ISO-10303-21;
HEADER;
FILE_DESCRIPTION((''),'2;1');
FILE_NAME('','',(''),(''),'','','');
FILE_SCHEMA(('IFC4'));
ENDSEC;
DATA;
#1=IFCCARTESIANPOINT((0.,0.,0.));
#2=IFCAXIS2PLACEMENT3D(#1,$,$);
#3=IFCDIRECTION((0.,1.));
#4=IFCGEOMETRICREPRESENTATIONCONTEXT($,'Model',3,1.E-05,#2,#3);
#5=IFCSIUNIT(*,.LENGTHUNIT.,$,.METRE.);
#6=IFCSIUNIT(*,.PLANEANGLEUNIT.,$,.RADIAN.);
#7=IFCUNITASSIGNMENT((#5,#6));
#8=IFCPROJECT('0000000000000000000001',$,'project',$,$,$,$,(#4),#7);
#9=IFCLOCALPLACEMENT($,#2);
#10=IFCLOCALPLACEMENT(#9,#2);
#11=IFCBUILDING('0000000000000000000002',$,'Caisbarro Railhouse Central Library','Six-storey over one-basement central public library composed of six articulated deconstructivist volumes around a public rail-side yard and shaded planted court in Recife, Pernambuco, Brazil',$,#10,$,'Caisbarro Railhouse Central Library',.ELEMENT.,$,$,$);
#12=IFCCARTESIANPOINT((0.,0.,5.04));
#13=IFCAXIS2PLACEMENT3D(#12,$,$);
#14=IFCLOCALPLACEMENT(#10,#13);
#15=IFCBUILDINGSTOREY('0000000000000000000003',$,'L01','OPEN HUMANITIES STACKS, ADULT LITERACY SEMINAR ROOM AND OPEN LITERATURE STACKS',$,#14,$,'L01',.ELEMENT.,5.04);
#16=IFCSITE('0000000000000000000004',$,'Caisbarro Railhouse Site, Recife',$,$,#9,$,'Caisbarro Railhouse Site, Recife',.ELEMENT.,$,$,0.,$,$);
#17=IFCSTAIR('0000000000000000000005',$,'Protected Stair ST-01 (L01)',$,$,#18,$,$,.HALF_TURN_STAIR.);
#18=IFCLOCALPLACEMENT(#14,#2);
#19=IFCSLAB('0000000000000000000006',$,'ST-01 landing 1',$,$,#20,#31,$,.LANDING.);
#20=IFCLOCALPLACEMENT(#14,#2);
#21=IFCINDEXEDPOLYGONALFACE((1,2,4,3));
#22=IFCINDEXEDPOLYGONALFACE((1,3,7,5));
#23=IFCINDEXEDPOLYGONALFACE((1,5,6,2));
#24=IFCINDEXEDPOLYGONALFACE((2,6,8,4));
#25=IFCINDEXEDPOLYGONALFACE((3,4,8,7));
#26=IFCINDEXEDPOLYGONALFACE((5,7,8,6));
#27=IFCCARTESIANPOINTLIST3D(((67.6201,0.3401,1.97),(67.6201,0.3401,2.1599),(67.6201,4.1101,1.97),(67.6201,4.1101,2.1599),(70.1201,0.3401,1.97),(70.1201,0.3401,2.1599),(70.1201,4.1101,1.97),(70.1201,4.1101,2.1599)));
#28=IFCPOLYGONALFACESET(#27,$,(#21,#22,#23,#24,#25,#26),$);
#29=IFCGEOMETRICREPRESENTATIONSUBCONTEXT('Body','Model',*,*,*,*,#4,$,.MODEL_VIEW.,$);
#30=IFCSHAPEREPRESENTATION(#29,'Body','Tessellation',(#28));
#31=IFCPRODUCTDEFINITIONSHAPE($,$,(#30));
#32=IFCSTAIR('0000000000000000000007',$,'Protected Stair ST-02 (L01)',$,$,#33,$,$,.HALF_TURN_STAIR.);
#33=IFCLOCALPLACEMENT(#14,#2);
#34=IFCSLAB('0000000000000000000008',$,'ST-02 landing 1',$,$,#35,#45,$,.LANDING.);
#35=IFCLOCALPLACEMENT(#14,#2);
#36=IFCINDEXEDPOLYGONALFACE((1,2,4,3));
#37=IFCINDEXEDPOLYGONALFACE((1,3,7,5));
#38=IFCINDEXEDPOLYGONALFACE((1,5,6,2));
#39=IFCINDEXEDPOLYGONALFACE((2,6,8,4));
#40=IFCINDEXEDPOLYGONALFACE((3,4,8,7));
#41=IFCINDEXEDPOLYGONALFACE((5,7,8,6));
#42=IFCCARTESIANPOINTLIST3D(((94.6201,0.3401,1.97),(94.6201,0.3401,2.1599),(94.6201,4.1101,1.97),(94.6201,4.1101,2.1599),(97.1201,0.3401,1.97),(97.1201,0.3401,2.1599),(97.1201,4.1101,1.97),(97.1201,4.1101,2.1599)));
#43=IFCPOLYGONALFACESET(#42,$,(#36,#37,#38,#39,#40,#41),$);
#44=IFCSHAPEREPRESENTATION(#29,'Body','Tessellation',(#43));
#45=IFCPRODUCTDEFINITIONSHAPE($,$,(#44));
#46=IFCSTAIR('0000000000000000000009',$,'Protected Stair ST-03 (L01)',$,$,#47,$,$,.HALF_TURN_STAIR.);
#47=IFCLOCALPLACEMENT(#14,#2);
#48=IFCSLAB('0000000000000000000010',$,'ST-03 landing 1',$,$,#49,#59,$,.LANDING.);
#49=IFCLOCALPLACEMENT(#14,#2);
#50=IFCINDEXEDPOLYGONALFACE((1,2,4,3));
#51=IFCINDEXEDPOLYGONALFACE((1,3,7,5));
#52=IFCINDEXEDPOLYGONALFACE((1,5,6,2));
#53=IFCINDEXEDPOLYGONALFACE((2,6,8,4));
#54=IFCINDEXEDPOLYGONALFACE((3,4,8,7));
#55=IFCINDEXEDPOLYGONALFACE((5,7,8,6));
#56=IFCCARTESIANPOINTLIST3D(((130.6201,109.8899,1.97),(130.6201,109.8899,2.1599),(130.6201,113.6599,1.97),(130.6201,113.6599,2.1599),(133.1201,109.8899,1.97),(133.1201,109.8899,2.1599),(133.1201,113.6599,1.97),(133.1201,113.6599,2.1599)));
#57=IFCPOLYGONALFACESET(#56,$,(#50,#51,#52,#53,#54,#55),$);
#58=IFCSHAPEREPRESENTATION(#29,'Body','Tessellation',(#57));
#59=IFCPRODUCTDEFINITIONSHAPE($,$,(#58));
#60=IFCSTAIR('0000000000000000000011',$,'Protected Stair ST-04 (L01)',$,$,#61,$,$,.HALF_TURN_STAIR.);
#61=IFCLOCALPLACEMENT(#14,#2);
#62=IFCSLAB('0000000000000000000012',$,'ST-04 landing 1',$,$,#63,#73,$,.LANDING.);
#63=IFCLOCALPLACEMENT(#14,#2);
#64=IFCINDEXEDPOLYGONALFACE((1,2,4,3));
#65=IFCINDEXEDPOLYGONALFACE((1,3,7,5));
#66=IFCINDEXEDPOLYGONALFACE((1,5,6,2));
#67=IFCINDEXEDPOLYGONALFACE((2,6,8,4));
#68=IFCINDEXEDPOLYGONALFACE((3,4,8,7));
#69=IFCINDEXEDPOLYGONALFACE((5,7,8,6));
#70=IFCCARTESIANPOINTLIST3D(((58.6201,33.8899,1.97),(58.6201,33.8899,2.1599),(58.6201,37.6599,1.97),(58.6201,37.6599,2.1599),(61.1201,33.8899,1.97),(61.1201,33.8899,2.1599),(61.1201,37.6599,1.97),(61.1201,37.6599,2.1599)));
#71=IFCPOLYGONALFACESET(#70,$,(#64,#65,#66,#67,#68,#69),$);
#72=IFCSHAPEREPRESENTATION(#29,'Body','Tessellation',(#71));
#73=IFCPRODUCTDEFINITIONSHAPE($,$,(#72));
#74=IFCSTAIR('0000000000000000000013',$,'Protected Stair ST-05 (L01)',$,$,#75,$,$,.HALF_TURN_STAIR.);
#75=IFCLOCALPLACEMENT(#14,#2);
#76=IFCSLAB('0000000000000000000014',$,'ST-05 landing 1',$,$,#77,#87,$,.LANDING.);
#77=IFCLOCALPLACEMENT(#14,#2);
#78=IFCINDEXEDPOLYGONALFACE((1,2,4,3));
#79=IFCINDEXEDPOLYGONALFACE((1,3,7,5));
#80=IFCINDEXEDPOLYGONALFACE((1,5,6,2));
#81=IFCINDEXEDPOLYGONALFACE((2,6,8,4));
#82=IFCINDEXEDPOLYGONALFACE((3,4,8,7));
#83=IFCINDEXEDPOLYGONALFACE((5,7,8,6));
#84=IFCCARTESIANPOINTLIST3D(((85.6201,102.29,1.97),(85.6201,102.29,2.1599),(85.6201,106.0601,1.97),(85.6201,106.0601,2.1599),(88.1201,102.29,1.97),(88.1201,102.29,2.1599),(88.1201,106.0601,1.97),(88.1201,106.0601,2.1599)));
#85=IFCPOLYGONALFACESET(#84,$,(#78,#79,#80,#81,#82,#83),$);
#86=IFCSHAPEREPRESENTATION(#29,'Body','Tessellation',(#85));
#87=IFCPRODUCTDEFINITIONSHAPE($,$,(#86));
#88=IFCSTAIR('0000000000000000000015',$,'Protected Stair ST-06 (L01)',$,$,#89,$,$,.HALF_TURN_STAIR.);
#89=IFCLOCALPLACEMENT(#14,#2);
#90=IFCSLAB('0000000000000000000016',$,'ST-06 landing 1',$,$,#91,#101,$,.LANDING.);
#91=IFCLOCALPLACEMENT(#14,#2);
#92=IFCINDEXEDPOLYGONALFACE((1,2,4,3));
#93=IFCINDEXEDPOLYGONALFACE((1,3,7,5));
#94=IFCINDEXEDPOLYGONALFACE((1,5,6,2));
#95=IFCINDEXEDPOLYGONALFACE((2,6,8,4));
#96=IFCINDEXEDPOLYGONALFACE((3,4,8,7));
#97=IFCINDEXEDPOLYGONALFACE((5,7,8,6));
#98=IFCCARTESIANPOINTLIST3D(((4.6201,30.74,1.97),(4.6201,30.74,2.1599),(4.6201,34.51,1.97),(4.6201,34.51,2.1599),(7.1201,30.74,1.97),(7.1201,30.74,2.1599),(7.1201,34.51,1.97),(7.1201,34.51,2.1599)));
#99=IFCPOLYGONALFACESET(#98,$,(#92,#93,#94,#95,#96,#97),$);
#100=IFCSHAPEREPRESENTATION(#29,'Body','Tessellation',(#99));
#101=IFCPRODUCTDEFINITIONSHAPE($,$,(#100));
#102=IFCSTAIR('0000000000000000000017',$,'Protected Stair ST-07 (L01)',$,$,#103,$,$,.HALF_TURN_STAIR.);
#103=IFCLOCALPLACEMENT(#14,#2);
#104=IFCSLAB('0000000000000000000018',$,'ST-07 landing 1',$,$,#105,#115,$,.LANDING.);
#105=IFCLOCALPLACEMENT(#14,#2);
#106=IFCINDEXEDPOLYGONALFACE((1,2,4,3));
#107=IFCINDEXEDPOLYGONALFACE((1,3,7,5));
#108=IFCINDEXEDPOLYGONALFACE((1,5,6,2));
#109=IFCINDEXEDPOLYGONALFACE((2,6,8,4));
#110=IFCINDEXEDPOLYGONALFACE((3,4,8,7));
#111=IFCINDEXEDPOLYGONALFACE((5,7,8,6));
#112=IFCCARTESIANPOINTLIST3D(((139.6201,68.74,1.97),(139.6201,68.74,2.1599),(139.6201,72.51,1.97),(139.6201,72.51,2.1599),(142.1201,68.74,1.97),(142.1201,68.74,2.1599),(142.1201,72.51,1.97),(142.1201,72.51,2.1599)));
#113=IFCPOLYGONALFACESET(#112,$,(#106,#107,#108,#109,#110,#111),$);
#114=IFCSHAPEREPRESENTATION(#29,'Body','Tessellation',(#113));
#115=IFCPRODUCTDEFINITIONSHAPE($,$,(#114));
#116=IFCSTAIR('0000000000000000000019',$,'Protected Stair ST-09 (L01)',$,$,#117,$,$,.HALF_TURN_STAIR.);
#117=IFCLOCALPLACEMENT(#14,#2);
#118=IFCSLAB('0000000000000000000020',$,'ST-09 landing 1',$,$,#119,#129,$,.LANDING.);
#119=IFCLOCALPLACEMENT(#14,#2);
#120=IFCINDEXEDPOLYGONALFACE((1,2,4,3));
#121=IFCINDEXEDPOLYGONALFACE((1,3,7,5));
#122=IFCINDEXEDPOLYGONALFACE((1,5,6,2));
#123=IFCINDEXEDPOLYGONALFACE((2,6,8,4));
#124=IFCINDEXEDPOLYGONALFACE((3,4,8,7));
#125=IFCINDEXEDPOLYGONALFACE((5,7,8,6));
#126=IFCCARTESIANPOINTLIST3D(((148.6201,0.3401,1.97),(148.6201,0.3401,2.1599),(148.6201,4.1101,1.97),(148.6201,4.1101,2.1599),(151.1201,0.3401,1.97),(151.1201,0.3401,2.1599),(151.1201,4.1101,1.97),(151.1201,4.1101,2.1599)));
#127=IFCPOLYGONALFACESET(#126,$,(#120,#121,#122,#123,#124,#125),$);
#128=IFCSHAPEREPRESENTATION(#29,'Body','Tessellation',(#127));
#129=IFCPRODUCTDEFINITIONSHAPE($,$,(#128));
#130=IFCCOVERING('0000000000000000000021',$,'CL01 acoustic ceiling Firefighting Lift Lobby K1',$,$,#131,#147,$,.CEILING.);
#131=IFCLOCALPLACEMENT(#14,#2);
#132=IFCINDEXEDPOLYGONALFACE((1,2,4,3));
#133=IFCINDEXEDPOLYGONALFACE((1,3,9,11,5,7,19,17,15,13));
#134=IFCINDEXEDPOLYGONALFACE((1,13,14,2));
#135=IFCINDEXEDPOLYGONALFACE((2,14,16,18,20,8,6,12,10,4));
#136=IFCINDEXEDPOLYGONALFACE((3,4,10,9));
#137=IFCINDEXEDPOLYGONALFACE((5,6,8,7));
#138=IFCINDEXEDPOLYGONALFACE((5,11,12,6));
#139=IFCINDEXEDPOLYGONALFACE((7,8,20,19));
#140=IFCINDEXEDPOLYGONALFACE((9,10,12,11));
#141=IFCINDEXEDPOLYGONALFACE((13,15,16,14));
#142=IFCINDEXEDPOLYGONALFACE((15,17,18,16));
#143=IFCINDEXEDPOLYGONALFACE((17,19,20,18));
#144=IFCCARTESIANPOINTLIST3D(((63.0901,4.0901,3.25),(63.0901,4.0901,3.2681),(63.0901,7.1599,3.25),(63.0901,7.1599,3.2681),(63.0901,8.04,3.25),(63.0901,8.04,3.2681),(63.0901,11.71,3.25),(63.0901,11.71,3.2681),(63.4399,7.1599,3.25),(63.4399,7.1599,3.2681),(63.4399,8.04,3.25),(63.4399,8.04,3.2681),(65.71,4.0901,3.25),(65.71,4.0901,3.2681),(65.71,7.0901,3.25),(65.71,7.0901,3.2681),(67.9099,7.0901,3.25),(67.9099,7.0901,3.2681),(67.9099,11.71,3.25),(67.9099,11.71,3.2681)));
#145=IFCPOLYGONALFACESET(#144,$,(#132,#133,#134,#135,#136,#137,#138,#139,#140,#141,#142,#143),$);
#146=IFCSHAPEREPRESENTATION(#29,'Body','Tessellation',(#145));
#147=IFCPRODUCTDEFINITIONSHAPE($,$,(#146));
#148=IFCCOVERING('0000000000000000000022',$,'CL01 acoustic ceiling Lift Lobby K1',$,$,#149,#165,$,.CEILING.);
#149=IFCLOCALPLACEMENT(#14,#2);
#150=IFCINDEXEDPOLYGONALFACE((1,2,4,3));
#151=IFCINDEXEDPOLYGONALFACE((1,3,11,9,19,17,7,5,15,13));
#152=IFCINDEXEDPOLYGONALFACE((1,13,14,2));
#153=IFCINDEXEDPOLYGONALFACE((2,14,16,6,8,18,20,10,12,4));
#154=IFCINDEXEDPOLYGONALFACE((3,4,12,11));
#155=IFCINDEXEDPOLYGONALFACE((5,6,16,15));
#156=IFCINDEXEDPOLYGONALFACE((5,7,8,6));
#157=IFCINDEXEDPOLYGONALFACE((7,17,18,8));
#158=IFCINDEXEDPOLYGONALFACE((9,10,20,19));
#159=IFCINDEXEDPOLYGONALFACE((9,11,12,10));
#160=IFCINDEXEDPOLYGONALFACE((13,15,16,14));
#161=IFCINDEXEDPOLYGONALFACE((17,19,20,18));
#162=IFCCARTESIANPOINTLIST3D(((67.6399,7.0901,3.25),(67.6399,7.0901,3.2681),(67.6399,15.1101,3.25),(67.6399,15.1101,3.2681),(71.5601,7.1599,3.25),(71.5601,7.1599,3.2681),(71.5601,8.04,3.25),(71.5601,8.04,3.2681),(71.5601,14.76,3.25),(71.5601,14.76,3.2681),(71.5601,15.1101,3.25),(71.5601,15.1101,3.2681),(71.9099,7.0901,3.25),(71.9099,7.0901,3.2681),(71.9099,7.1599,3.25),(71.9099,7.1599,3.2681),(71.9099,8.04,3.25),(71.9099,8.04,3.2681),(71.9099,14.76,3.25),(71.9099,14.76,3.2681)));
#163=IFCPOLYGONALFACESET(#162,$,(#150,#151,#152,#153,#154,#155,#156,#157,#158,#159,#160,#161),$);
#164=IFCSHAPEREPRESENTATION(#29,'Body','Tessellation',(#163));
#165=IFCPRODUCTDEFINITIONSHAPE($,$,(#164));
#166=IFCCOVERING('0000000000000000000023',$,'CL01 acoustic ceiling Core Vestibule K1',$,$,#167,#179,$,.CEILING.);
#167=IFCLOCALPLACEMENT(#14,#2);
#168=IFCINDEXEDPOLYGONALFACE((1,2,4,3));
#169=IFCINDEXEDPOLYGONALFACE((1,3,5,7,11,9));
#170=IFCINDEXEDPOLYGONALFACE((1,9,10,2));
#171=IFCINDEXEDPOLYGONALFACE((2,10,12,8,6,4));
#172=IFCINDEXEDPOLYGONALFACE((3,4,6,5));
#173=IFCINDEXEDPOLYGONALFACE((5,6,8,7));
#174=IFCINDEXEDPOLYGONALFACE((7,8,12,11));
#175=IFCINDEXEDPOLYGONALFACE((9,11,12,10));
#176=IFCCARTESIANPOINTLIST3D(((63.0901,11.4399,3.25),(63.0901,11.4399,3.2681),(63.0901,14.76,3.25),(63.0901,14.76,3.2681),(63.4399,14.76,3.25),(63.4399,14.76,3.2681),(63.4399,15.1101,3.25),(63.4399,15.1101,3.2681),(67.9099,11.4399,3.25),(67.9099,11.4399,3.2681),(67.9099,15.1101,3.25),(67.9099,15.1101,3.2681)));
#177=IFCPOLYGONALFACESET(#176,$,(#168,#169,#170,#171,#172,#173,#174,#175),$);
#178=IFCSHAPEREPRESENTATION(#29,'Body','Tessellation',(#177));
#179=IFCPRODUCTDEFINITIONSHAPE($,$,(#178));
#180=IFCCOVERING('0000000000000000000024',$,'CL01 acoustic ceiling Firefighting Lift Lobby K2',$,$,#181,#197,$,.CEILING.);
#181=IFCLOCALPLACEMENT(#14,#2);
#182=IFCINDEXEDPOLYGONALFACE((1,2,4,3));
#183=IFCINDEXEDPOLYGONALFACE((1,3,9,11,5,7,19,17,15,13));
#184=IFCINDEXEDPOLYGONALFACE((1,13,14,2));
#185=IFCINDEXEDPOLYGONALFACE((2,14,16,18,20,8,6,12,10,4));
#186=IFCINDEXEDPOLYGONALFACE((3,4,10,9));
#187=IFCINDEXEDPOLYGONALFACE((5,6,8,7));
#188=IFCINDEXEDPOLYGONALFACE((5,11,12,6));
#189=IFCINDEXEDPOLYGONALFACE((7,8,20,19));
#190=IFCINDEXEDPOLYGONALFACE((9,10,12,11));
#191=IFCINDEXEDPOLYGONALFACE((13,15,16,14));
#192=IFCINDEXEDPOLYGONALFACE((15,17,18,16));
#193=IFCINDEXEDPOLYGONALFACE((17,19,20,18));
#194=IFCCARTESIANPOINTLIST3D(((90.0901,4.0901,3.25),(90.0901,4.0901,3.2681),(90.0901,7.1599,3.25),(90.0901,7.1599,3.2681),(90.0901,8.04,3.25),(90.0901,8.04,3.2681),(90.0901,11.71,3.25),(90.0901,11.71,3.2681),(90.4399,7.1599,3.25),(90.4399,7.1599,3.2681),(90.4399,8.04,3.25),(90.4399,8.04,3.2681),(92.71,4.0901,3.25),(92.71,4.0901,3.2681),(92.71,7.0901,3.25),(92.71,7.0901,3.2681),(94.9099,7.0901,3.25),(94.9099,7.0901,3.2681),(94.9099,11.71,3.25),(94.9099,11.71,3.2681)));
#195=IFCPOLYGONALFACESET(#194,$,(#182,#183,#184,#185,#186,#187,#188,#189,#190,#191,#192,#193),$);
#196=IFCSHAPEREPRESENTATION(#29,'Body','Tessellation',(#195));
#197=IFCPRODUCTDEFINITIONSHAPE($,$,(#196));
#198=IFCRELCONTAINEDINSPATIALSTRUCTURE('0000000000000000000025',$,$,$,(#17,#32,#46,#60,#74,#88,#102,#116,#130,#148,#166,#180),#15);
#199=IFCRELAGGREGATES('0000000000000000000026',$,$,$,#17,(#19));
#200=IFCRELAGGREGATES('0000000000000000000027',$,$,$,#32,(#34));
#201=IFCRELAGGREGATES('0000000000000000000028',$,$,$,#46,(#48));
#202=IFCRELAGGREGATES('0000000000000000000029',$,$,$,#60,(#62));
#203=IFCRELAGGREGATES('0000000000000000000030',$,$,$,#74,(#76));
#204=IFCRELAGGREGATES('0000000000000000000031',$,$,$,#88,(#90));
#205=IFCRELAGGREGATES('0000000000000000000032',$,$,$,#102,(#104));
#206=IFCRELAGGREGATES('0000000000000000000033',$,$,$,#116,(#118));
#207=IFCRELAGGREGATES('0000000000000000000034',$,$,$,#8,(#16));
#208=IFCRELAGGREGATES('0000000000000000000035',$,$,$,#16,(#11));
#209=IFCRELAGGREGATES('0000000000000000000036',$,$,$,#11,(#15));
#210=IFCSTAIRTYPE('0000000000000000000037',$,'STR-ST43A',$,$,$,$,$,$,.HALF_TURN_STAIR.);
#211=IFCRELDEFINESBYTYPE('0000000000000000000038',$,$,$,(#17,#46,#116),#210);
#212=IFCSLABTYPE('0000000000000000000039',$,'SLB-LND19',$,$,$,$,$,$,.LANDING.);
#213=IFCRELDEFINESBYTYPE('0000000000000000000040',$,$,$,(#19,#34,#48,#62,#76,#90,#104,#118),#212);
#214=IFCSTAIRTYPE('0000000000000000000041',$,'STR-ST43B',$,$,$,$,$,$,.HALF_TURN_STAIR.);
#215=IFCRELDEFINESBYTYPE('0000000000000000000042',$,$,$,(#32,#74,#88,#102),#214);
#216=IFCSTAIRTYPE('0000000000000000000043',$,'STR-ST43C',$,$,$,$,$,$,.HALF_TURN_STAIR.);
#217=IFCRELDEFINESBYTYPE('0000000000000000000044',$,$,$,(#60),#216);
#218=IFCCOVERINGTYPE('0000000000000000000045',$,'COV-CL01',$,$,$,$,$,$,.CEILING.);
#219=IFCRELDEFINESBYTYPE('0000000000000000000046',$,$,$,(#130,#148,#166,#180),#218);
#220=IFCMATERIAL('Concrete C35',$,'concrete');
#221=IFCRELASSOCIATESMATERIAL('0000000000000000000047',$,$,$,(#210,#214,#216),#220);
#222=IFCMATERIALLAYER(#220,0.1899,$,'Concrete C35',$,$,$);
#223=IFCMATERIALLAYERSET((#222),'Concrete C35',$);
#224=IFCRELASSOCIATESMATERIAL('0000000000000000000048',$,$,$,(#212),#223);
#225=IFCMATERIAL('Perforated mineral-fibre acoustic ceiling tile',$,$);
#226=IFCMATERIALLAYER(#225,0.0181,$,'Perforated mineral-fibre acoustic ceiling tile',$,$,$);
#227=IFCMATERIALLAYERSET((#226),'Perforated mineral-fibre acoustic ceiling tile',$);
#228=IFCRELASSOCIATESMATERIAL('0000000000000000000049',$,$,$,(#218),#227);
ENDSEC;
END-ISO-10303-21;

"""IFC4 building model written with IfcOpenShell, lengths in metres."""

from ifc_helpers import new_model, si_unit, direction, frame, origin, place, context, subcontext, project, spatial, polyline, outline, extrude, material, layer, layer_set, type_object, element, aggregate, save


model = new_model("IFC4")

# Units and contexts
model_context = context("Model", 3, precision=1e-05, world=origin(), true_north=direction((0.0, 1.0)))
body_context = subcontext(model_context, "Body", "Model", "MODEL_VIEW")
ifc_project = project(units=[si_unit("LENGTHUNIT", "METRE"), si_unit("PLANEANGLEUNIT", "RADIAN")], contexts=[model_context])

# Site, building, storey
site_placement = place(None, origin())
site = spatial("IfcSite", under=ifc_project, at=site_placement, Name="Caisbarro Railhouse Site, Recife", LongName="Caisbarro Railhouse Site, Recife", CompositionType="ELEMENT", RefElevation=0.0)
building_placement = place(site_placement, origin())
building = spatial("IfcBuilding", under=site, at=building_placement, Name="Caisbarro Railhouse Central Library", Description="Six-storey over one-basement central public library composed of six articulated deconstructivist volumes around a public rail-side yard and shaded planted court in Recife, Pernambuco, Brazil", LongName="Caisbarro Railhouse Central Library", CompositionType="ELEMENT")
storey_placement = place(building_placement, frame((0.0, 0.0, 5.04)))
storey = spatial("IfcBuildingStorey", under=building, at=storey_placement, Name="L01", Description="OPEN HUMANITIES STACKS, ADULT LITERACY SEMINAR ROOM AND OPEN LITERATURE STACKS", LongName="L01", CompositionType="ELEMENT", Elevation=5.04)

# Stairs, slabs
ifc_material_1 = material(Name="Concrete C35", Category="concrete")
stair_type_1 = type_object("IfcStairType", Name="STR-ST43A", PredefinedType="HALF_TURN_STAIR", material=ifc_material_1)
stair_1_placement = place(storey_placement, origin())
stair_1 = element("IfcStair", 1, at=stair_1_placement, inside=storey, type_object=stair_type_1, Name="Protected Stair ST-01 (L01)", PredefinedType="HALF_TURN_STAIR")
ifc_layer_1 = layer(ifc_material_1, 0.1899, Name="Concrete C35")
ifc_layer_set_1 = layer_set([ifc_layer_1], Name="Concrete C35")
slab_type = type_object("IfcSlabType", Name="SLB-LND19", PredefinedType="LANDING", material=ifc_layer_set_1)
slab_1_placement = place(storey_placement, frame((0.0, 0.0, 1.97)))
slab_1 = element("IfcSlab", 2, at=slab_1_placement, type_object=slab_type, Name="ST-01 landing 1", PredefinedType="LANDING", context=body_context, shape_type="SweptSolid", body=[
    extrude(outline(polyline([(67.6201, 0.3401), (70.1201, 0.3401), (70.1201, 4.1101), (67.6201, 4.1101), (67.6201, 0.3401)])), origin(), (0.0, 0.0, 1.0), 0.1899),
])
aggregate(stair_1, [slab_1])
stair_type_2 = type_object("IfcStairType", Name="STR-ST43B", PredefinedType="HALF_TURN_STAIR", material=ifc_material_1)
stair_2_placement = place(storey_placement, origin())
stair_2 = element("IfcStair", 3, at=stair_2_placement, inside=storey, type_object=stair_type_2, Name="Protected Stair ST-02 (L01)", PredefinedType="HALF_TURN_STAIR")
slab_2_placement = place(storey_placement, frame((0.0, 0.0, 1.97)))
slab_2 = element("IfcSlab", 4, at=slab_2_placement, type_object=slab_type, Name="ST-02 landing 1", PredefinedType="LANDING", context=body_context, shape_type="SweptSolid", body=[
    extrude(outline(polyline([(94.6201, 0.3401), (97.1201, 0.3401), (97.1201, 4.1101), (94.6201, 4.1101), (94.6201, 0.3401)])), origin(), (0.0, 0.0, 1.0), 0.1899),
])
aggregate(stair_2, [slab_2])
stair_3_placement = place(storey_placement, origin())
stair_3 = element("IfcStair", 5, at=stair_3_placement, inside=storey, type_object=stair_type_1, Name="Protected Stair ST-03 (L01)", PredefinedType="HALF_TURN_STAIR")
slab_3_placement = place(storey_placement, frame((0.0, 0.0, 1.97)))
slab_3 = element("IfcSlab", 6, at=slab_3_placement, type_object=slab_type, Name="ST-03 landing 1", PredefinedType="LANDING", context=body_context, shape_type="SweptSolid", body=[
    extrude(outline(polyline([(130.6201, 109.8899), (133.1201, 109.8899), (133.1201, 113.6599), (130.6201, 113.6599), (130.6201, 109.8899)])), origin(), (0.0, 0.0, 1.0), 0.1899),
])
aggregate(stair_3, [slab_3])
stair_type_3 = type_object("IfcStairType", Name="STR-ST43C", PredefinedType="HALF_TURN_STAIR", material=ifc_material_1)
stair_4_placement = place(storey_placement, origin())
stair_4 = element("IfcStair", 7, at=stair_4_placement, inside=storey, type_object=stair_type_3, Name="Protected Stair ST-04 (L01)", PredefinedType="HALF_TURN_STAIR")
slab_4_placement = place(storey_placement, frame((0.0, 0.0, 1.97)))
slab_4 = element("IfcSlab", 8, at=slab_4_placement, type_object=slab_type, Name="ST-04 landing 1", PredefinedType="LANDING", context=body_context, shape_type="SweptSolid", body=[
    extrude(outline(polyline([(58.6201, 33.8899), (61.1201, 33.8899), (61.1201, 37.6599), (58.6201, 37.6599), (58.6201, 33.8899)])), origin(), (0.0, 0.0, 1.0), 0.1899),
])
aggregate(stair_4, [slab_4])
stair_5_placement = place(storey_placement, origin())
stair_5 = element("IfcStair", 9, at=stair_5_placement, inside=storey, type_object=stair_type_2, Name="Protected Stair ST-05 (L01)", PredefinedType="HALF_TURN_STAIR")
slab_5_placement = place(storey_placement, frame((0.0, 0.0, 1.97)))
slab_5 = element("IfcSlab", 10, at=slab_5_placement, type_object=slab_type, Name="ST-05 landing 1", PredefinedType="LANDING", context=body_context, shape_type="SweptSolid", body=[
    extrude(outline(polyline([(85.6201, 102.29), (88.1201, 102.29), (88.1201, 106.0601), (85.6201, 106.0601), (85.6201, 102.29)])), origin(), (0.0, 0.0, 1.0), 0.1899),
])
aggregate(stair_5, [slab_5])
stair_6_placement = place(storey_placement, origin())
stair_6 = element("IfcStair", 11, at=stair_6_placement, inside=storey, type_object=stair_type_2, Name="Protected Stair ST-06 (L01)", PredefinedType="HALF_TURN_STAIR")
slab_6_placement = place(storey_placement, frame((0.0, 0.0, 1.97)))
slab_6 = element("IfcSlab", 12, at=slab_6_placement, type_object=slab_type, Name="ST-06 landing 1", PredefinedType="LANDING", context=body_context, shape_type="SweptSolid", body=[
    extrude(outline(polyline([(4.6201, 30.74), (7.1201, 30.74), (7.1201, 34.51), (4.6201, 34.51), (4.6201, 30.74)])), origin(), (0.0, 0.0, 1.0), 0.1899),
])
aggregate(stair_6, [slab_6])
stair_7_placement = place(storey_placement, origin())
stair_7 = element("IfcStair", 13, at=stair_7_placement, inside=storey, type_object=stair_type_2, Name="Protected Stair ST-07 (L01)", PredefinedType="HALF_TURN_STAIR")
slab_7_placement = place(storey_placement, frame((0.0, 0.0, 1.97)))
slab_7 = element("IfcSlab", 14, at=slab_7_placement, type_object=slab_type, Name="ST-07 landing 1", PredefinedType="LANDING", context=body_context, shape_type="SweptSolid", body=[
    extrude(outline(polyline([(139.6201, 68.74), (142.1201, 68.74), (142.1201, 72.51), (139.6201, 72.51), (139.6201, 68.74)])), origin(), (0.0, 0.0, 1.0), 0.1899),
])
aggregate(stair_7, [slab_7])
stair_8_placement = place(storey_placement, origin())
stair_8 = element("IfcStair", 15, at=stair_8_placement, inside=storey, type_object=stair_type_1, Name="Protected Stair ST-09 (L01)", PredefinedType="HALF_TURN_STAIR")
slab_8_placement = place(storey_placement, frame((0.0, 0.0, 1.97)))
slab_8 = element("IfcSlab", 16, at=slab_8_placement, type_object=slab_type, Name="ST-09 landing 1", PredefinedType="LANDING", context=body_context, shape_type="SweptSolid", body=[
    extrude(outline(polyline([(148.6201, 0.3401), (151.1201, 0.3401), (151.1201, 4.1101), (148.6201, 4.1101), (148.6201, 0.3401)])), origin(), (0.0, 0.0, 1.0), 0.1899),
])
aggregate(stair_8, [slab_8])

# Coverings
ifc_material_2 = material(Name="Perforated mineral-fibre acoustic ceiling tile")
ifc_layer_2 = layer(ifc_material_2, 0.0181, Name="Perforated mineral-fibre acoustic ceiling tile")
ifc_layer_set_2 = layer_set([ifc_layer_2], Name="Perforated mineral-fibre acoustic ceiling tile")
covering_type_1 = type_object("IfcCoveringType", Name="COV-CL01", PredefinedType="CEILING", material=ifc_layer_set_2)
covering_1_placement = place(storey_placement, frame((0.0, 0.0, 3.25)))
element("IfcCovering", 17, at=covering_1_placement, inside=storey, type_object=covering_type_1, Name="CL01 acoustic ceiling Firefighting Lift Lobby K1", PredefinedType="CEILING", context=body_context, shape_type="SweptSolid", body=[
    extrude(outline(polyline([(63.0901, 7.1599), (63.4399, 7.1599), (63.4399, 8.04), (63.0901, 8.04), (63.0901, 11.71), (67.9099, 11.71), (67.9099, 7.0901), (65.71, 7.0901), (65.71, 4.0901), (63.0901, 4.0901), (63.0901, 7.1599)])), origin(), (0.0, 0.0, 1.0), 0.0181),
])
covering_2_placement = place(storey_placement, frame((0.0, 0.0, 3.25)))
element("IfcCovering", 18, at=covering_2_placement, inside=storey, type_object=covering_type_1, Name="CL01 acoustic ceiling Lift Lobby K1", PredefinedType="CEILING", context=body_context, shape_type="SweptSolid", body=[
    extrude(outline(polyline([(71.5601, 15.1101), (71.5601, 14.76), (71.9099, 14.76), (71.9099, 8.04), (71.5601, 8.04), (71.5601, 7.1599), (71.9099, 7.1599), (71.9099, 7.0901), (67.6399, 7.0901), (67.6399, 15.1101), (71.5601, 15.1101)])), origin(), (0.0, 0.0, 1.0), 0.0181),
])
covering_3_placement = place(storey_placement, frame((0.0, 0.0, 3.25)))
element("IfcCovering", 19, at=covering_3_placement, inside=storey, type_object=covering_type_1, Name="CL01 acoustic ceiling Core Vestibule K1", PredefinedType="CEILING", context=body_context, shape_type="SweptSolid", body=[
    extrude(outline(polyline([(63.0901, 14.76), (63.4399, 14.76), (63.4399, 15.1101), (67.9099, 15.1101), (67.9099, 11.4399), (63.0901, 11.4399), (63.0901, 14.76)])), origin(), (0.0, 0.0, 1.0), 0.0181),
])
covering_4_placement = place(storey_placement, frame((0.0, 0.0, 3.25)))
element("IfcCovering", 20, at=covering_4_placement, inside=storey, type_object=covering_type_1, Name="CL01 acoustic ceiling Firefighting Lift Lobby K2", PredefinedType="CEILING", context=body_context, shape_type="SweptSolid", body=[
    extrude(outline(polyline([(90.0901, 7.1599), (90.4399, 7.1599), (90.4399, 8.04), (90.0901, 8.04), (90.0901, 11.71), (94.9099, 11.71), (94.9099, 7.0901), (92.71, 7.0901), (92.71, 4.0901), (90.0901, 4.0901), (90.0901, 7.1599)])), origin(), (0.0, 0.0, 1.0), 0.0181),
])

save(model, "model.ifc")
